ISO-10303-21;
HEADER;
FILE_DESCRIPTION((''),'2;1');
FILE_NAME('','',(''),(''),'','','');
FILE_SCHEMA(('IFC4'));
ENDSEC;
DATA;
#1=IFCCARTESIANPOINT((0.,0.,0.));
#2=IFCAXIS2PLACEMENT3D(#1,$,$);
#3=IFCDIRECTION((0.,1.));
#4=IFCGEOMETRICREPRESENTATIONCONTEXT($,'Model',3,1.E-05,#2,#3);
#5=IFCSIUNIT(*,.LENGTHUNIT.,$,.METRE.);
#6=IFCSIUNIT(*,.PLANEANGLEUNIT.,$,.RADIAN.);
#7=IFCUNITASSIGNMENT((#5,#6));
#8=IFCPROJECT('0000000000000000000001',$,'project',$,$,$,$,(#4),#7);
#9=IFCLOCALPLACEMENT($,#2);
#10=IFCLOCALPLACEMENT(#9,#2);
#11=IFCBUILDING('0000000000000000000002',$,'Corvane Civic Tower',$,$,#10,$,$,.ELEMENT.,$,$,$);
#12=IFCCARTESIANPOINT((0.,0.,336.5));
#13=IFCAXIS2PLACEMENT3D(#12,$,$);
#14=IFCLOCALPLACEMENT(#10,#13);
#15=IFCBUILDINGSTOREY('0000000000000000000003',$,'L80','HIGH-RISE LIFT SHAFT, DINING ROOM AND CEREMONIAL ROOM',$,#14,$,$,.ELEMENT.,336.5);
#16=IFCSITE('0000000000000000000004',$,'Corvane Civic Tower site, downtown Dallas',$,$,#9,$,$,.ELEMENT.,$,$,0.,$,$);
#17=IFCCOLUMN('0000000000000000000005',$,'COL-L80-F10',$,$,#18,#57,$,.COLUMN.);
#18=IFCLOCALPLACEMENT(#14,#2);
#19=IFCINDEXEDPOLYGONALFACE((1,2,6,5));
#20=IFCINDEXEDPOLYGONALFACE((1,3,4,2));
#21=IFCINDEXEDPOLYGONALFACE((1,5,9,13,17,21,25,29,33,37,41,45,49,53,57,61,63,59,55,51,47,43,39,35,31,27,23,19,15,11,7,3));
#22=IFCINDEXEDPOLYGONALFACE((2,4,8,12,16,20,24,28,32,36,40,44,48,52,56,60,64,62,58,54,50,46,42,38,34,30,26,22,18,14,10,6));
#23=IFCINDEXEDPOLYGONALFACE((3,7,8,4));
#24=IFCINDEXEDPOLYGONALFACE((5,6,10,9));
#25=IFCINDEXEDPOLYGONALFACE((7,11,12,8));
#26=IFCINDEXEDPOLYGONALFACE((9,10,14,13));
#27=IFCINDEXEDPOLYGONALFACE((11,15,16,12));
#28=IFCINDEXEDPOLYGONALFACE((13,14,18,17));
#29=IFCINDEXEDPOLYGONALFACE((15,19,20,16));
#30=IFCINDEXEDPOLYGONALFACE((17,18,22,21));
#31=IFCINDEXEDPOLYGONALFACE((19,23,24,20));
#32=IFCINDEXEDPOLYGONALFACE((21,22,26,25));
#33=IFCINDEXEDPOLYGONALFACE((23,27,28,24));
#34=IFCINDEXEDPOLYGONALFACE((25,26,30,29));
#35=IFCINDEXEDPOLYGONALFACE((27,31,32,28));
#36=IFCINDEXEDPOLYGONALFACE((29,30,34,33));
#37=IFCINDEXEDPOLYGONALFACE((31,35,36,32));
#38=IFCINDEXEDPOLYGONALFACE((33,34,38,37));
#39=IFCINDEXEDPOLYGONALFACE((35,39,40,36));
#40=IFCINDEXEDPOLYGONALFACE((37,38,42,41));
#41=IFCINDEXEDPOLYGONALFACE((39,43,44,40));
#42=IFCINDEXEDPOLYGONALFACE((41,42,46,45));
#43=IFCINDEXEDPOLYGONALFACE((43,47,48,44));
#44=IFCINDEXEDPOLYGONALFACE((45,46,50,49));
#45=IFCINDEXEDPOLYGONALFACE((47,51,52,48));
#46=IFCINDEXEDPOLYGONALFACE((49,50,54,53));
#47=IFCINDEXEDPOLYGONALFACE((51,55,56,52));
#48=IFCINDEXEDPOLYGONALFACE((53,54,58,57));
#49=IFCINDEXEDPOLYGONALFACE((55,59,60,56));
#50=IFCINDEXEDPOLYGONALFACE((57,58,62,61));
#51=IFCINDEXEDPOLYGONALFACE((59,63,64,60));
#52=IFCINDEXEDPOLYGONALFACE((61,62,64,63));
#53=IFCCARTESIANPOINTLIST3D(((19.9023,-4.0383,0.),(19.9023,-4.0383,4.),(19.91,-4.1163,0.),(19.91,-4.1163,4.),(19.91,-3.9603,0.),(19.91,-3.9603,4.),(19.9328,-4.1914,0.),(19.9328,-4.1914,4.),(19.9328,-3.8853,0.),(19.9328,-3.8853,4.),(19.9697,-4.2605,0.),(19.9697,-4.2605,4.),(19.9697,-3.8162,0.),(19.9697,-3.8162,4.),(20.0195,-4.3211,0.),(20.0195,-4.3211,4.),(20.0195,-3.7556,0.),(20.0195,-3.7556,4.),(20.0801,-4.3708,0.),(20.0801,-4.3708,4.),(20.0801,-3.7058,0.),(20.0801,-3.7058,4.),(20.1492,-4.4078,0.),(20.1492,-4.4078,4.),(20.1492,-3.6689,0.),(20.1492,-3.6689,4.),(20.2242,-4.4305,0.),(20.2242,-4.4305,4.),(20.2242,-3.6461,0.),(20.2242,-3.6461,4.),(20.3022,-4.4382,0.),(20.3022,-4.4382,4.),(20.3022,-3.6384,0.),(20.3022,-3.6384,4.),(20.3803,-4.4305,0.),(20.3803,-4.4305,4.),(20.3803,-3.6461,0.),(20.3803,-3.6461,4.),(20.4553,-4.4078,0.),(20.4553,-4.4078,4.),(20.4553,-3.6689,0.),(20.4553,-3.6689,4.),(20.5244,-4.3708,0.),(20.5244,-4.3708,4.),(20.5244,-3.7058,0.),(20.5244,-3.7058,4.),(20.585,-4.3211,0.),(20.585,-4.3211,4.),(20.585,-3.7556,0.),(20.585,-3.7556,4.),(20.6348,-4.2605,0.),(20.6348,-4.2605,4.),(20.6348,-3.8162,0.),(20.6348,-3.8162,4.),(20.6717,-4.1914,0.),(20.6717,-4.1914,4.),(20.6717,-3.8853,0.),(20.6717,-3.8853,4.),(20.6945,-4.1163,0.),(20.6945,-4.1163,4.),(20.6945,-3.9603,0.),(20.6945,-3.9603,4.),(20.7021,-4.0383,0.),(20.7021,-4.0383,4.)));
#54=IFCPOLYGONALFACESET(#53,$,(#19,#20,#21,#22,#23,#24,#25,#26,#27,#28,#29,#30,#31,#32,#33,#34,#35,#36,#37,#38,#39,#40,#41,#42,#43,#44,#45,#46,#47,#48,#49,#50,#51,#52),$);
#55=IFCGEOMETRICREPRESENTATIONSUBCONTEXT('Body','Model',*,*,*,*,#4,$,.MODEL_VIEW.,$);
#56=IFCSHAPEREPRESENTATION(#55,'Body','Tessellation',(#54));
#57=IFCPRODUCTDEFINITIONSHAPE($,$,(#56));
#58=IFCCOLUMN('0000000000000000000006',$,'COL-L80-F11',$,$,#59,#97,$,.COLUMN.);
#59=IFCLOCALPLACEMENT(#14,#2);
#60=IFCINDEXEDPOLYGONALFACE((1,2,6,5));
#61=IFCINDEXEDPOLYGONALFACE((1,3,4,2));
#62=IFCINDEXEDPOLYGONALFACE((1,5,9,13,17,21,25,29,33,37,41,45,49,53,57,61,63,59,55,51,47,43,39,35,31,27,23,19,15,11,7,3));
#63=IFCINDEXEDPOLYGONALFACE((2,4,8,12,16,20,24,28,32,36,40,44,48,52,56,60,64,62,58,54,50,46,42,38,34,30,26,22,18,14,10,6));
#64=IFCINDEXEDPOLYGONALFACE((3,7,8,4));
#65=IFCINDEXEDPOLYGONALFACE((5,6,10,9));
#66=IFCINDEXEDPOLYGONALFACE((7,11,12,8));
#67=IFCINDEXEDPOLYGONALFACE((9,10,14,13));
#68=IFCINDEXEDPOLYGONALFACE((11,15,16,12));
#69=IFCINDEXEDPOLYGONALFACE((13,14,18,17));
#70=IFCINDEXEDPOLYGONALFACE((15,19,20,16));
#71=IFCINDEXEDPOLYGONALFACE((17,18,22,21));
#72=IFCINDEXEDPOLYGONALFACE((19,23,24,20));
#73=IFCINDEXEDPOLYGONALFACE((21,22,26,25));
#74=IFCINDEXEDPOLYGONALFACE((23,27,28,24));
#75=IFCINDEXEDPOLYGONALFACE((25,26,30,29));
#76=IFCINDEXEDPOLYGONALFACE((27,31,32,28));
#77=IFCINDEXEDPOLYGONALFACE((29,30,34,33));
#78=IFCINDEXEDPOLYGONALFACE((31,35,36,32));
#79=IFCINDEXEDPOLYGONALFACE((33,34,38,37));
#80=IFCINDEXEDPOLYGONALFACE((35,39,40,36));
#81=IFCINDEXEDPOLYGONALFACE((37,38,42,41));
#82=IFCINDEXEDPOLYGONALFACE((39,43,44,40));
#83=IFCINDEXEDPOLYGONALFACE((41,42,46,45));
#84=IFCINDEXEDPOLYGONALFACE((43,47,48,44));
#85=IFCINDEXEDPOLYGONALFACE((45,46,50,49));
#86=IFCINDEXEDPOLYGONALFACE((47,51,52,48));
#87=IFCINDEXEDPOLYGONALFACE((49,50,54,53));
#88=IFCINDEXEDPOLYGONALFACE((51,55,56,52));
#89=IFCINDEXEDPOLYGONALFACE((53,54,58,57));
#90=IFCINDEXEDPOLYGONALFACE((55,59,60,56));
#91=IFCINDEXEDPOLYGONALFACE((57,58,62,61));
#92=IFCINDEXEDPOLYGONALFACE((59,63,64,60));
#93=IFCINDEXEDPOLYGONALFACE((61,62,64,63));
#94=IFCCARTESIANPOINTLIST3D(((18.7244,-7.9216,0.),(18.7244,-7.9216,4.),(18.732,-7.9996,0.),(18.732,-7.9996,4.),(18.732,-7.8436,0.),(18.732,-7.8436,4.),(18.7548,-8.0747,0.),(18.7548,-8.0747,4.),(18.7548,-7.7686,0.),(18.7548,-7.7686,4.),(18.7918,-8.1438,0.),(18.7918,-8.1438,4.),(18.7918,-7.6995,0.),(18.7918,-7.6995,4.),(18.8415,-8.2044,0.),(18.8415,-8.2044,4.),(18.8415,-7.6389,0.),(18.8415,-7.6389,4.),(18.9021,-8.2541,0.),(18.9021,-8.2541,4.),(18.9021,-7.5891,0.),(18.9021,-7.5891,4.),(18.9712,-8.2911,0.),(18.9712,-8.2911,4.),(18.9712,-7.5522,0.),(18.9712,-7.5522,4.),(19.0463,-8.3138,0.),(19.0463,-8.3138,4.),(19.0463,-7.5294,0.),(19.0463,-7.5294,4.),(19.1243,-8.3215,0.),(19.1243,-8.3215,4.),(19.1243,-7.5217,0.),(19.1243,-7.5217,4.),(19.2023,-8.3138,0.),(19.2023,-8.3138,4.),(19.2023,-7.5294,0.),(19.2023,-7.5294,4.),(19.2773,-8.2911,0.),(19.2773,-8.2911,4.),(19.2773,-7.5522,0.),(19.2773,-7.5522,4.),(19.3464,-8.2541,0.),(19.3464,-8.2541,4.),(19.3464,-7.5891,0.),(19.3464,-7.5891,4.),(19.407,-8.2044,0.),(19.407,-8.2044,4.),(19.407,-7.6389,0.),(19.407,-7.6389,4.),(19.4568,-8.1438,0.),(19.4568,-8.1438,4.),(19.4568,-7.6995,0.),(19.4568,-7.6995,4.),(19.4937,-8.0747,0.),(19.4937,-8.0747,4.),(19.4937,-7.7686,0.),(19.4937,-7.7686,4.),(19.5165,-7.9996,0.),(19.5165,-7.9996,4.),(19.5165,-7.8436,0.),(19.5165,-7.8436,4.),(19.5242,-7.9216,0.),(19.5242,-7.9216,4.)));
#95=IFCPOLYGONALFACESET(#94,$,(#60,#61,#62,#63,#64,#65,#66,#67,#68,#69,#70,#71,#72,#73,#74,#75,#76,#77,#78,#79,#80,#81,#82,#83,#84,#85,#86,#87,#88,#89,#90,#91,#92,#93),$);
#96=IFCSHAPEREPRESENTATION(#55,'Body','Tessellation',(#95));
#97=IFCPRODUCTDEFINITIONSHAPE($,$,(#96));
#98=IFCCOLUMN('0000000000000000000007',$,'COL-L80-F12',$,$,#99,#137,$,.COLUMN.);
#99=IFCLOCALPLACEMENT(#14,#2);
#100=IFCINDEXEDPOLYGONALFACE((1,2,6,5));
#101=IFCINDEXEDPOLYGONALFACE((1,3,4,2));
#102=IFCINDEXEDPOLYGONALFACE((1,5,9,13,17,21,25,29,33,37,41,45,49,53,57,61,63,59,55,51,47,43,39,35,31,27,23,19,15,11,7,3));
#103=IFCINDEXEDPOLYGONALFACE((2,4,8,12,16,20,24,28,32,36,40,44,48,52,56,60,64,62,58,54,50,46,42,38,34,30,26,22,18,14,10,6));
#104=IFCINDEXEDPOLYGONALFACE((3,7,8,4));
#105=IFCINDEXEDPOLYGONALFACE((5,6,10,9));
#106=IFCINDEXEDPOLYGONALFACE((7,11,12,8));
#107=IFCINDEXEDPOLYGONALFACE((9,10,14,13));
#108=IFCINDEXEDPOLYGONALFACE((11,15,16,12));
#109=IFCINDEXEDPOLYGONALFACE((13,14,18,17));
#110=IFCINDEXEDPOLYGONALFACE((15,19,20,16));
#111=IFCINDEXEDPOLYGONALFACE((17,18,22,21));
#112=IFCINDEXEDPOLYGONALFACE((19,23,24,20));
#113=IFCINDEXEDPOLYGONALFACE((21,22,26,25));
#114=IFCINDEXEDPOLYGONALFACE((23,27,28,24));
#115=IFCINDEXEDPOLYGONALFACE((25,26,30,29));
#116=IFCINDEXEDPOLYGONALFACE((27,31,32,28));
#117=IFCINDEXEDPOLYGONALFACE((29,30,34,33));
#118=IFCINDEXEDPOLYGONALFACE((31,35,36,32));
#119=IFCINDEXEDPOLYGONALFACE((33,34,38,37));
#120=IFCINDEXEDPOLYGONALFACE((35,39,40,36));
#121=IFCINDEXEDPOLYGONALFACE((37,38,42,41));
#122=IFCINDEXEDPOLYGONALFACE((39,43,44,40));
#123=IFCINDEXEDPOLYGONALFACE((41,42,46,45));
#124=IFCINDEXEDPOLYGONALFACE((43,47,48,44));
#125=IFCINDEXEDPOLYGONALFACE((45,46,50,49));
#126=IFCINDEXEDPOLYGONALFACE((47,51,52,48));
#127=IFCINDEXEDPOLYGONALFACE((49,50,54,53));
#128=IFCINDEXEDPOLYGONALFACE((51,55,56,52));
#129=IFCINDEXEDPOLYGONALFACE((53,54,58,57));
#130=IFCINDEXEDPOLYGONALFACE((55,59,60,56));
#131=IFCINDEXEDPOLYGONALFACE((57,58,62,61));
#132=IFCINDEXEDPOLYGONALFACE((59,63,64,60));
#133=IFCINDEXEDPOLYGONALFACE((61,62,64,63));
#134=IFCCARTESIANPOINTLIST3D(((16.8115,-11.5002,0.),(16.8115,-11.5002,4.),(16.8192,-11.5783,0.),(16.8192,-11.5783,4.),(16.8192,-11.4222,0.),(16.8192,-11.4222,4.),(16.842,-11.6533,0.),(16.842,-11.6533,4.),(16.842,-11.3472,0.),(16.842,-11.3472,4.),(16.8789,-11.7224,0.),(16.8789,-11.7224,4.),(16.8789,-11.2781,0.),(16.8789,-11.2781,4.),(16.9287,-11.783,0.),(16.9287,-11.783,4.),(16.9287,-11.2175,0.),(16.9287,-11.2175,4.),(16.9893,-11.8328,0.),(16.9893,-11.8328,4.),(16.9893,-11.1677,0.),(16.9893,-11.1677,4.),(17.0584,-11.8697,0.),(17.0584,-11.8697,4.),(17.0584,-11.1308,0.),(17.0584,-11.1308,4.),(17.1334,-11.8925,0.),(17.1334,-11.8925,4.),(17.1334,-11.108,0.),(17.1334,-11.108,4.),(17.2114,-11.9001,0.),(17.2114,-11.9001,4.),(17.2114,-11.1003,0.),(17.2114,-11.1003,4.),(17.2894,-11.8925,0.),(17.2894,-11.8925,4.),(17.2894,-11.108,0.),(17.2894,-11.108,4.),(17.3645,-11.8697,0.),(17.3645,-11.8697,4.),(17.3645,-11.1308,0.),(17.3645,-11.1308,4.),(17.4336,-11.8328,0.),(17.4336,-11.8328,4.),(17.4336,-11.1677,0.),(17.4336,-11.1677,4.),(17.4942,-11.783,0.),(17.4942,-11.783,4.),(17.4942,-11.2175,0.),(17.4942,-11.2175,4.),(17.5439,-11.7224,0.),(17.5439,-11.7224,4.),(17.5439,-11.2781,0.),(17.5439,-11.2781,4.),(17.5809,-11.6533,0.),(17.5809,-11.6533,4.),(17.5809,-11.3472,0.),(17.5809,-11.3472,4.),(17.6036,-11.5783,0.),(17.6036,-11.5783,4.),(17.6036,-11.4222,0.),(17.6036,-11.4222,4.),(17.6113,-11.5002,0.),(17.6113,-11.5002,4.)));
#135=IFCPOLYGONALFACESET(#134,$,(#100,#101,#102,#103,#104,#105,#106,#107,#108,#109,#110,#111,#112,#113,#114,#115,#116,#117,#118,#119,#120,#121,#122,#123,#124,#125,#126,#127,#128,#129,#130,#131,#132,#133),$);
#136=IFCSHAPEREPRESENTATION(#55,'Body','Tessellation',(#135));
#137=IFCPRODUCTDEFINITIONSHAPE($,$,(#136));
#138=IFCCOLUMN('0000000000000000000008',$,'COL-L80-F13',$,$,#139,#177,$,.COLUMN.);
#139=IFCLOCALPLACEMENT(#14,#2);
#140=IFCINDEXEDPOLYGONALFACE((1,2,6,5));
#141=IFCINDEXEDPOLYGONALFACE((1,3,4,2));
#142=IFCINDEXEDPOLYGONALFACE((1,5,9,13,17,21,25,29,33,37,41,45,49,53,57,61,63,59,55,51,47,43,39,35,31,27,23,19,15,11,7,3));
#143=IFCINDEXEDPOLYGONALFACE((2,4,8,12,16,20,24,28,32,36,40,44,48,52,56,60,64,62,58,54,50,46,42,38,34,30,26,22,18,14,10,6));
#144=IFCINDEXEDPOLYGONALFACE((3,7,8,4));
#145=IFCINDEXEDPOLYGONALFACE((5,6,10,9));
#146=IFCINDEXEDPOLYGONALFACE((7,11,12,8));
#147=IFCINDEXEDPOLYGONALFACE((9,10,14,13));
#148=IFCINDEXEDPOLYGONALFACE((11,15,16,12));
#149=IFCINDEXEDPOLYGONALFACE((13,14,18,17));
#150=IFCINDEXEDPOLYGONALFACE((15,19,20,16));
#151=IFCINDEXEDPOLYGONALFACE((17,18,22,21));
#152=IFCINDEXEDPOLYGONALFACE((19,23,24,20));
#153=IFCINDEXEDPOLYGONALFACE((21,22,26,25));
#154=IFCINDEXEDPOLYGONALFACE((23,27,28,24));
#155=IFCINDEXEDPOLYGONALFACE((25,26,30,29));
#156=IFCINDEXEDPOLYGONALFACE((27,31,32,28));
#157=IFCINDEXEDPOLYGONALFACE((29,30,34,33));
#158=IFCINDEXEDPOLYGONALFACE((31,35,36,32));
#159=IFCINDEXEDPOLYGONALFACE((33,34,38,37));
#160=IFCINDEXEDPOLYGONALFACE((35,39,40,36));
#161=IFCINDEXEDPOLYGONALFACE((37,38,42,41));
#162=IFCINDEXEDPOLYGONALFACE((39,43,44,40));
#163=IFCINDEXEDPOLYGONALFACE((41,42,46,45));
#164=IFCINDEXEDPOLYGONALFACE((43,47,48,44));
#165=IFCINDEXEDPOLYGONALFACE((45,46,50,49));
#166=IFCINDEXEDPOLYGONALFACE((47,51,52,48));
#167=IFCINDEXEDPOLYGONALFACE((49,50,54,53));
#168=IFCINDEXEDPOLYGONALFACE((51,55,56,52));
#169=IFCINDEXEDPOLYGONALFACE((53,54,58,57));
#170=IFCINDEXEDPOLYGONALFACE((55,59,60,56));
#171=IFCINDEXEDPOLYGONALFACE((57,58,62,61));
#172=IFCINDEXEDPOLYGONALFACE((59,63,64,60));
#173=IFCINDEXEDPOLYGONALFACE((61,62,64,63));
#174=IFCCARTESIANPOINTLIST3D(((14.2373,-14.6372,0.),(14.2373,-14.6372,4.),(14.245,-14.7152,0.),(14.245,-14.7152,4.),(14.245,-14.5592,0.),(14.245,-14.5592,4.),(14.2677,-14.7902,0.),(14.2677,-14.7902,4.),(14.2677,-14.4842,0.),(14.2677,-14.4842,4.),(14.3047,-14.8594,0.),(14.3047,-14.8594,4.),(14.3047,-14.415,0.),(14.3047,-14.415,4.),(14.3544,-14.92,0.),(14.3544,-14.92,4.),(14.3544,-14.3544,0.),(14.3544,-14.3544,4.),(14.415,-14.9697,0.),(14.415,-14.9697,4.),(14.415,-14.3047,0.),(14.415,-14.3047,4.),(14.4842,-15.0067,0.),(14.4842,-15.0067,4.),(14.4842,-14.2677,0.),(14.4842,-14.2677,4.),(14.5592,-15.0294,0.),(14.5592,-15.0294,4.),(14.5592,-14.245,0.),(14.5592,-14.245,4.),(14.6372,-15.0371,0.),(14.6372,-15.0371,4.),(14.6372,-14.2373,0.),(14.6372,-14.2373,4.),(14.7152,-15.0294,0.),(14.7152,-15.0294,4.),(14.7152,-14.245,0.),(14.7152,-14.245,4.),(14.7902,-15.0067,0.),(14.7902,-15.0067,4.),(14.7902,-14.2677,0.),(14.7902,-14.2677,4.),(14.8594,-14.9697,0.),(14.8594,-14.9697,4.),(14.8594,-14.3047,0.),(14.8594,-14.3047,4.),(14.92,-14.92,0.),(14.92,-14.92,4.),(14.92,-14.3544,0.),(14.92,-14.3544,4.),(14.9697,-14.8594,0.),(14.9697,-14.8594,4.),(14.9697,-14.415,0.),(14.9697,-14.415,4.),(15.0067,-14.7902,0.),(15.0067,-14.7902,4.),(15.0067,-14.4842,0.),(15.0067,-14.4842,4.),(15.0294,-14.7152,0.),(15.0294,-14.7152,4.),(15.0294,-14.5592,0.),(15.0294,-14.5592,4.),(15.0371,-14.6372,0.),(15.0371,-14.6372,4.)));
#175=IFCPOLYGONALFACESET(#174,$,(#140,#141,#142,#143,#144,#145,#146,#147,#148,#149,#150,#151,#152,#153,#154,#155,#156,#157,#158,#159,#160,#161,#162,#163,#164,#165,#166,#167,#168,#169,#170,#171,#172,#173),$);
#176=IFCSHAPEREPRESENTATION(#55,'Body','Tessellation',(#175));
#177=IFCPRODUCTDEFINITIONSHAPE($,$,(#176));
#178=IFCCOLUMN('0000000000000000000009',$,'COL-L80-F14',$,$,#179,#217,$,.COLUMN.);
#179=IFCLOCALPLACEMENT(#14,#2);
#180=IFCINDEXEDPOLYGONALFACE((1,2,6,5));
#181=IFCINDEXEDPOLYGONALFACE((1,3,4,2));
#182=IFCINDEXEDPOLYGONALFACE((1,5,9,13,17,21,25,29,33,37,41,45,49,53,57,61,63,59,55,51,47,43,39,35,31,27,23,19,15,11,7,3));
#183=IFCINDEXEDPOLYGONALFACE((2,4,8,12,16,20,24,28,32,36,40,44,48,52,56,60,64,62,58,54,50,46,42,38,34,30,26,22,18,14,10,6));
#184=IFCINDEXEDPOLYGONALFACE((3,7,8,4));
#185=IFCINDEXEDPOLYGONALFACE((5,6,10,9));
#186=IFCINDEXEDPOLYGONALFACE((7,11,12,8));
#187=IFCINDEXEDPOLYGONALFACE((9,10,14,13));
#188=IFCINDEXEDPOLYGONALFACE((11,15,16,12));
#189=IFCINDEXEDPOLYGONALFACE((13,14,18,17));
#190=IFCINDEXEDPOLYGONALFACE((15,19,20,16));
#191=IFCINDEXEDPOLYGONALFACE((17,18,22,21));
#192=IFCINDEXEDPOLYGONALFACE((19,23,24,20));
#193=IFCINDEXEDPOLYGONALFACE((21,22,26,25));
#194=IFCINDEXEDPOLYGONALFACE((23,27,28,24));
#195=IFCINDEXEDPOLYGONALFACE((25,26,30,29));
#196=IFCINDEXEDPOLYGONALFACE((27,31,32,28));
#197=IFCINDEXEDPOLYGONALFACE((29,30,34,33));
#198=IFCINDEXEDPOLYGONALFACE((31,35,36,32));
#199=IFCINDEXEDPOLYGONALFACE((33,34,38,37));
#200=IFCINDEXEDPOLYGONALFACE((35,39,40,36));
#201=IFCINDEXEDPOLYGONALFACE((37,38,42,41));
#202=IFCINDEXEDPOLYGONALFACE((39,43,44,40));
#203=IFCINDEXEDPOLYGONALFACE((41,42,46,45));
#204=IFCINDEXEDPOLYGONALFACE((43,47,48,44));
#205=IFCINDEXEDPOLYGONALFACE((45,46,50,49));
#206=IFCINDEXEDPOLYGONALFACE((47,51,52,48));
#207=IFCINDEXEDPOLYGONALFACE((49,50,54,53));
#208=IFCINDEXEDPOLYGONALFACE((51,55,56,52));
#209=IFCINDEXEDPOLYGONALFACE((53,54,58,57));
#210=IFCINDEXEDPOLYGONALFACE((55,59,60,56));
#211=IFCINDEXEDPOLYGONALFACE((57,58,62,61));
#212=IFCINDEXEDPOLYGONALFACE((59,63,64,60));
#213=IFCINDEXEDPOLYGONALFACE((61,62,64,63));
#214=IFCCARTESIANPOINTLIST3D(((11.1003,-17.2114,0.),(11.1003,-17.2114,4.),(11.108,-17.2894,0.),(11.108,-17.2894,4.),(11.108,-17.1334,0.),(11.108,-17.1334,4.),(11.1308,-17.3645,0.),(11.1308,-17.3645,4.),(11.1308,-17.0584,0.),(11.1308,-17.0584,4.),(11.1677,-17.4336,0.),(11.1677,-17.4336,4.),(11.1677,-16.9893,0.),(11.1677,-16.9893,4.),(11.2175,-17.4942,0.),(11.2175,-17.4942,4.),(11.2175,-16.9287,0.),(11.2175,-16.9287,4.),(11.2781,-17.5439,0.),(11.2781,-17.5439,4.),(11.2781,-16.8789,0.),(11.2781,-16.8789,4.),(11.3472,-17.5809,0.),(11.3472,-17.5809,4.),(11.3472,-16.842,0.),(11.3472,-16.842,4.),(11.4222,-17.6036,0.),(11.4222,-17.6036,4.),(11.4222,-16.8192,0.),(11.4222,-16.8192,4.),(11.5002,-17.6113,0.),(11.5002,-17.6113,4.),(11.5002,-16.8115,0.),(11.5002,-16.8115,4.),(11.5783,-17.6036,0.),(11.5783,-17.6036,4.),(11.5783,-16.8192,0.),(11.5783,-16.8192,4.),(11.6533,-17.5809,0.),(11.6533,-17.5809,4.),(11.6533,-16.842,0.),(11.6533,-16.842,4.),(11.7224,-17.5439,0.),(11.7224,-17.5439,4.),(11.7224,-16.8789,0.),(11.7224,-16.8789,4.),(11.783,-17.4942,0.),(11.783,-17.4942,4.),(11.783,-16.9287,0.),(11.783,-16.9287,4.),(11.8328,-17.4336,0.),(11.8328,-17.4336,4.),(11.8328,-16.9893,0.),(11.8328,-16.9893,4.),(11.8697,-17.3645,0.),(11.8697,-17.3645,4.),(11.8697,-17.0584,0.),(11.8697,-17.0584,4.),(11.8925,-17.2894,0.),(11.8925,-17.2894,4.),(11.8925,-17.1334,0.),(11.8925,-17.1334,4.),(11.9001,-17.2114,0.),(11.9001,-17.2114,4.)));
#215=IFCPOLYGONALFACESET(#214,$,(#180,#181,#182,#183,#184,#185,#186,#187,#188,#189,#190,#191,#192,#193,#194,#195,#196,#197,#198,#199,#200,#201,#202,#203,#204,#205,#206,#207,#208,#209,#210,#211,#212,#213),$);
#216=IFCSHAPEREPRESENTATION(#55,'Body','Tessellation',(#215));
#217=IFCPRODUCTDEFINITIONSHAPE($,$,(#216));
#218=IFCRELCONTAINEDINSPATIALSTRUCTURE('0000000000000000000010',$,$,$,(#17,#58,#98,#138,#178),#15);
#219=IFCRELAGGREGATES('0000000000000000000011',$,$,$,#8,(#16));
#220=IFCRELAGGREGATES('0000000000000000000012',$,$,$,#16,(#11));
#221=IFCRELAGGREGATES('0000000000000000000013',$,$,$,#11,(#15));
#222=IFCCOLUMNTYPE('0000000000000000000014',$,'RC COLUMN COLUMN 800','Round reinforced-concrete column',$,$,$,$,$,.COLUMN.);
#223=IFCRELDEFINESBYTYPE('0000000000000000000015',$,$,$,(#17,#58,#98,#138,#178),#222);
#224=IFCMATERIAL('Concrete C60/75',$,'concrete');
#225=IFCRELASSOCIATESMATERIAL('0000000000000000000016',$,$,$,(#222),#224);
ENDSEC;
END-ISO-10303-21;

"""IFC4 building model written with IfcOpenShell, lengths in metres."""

from ifc_helpers import new_model, si_unit, direction, frame, origin, origin_2d, place, context, subcontext, project, spatial, circle, extrude, material, material_profile, profile_set, type_object, element, save


model = new_model("IFC4")

# Units and contexts
model_context = context("Model", 3, precision=1e-05, world=origin(), true_north=direction((0.0, 1.0)))
body_context = subcontext(model_context, "Body", "Model", "MODEL_VIEW")
ifc_project = project(units=[si_unit("LENGTHUNIT", "METRE"), si_unit("PLANEANGLEUNIT", "RADIAN")], contexts=[model_context])

# Site, building, storey
site_placement = place(None, origin())
site = spatial("IfcSite", under=ifc_project, at=site_placement, Name="Corvane Civic Tower site, downtown Dallas", CompositionType="ELEMENT", RefElevation=0.0)
building_placement = place(site_placement, origin())
building = spatial("IfcBuilding", under=site, at=building_placement, Name="Corvane Civic Tower", CompositionType="ELEMENT")
storey_placement = place(building_placement, frame((0.0, 0.0, 336.5)))
storey = spatial("IfcBuildingStorey", under=building, at=storey_placement, Name="L80", Description="HIGH-RISE LIFT SHAFT, DINING ROOM AND CEREMONIAL ROOM", CompositionType="ELEMENT", Elevation=336.5)

# Columns
ifc_material_1 = material(Name="Concrete C60/75", Category="concrete")
ifc_material_profile_1 = material_profile(ifc_material_1, circle(Radius=0.3999, at=origin_2d()), Name="COLUMN 800")
ifc_profile_set_1 = profile_set([ifc_material_profile_1], Name="Concrete C60/75")
column_type = type_object("IfcColumnType", Name="RC COLUMN COLUMN 800", Description="Round reinforced-concrete column", PredefinedType="COLUMN", material=ifc_profile_set_1)
for number, where, z_axis, x_axis, name in (
    (1, (20.3022, -4.0383, 0.0), (0.0, 0.0, 1.0), (1.0, 0.0, 0.0), "COL-L80-F10"),
    (2, (19.1243, -7.9216, 0.0), (0.0, 0.0, 1.0), (1.0, 0.0, 0.0), "COL-L80-F11"),
    (3, (17.2114, -11.5002, 0.0), (0.0, 0.0, 1.0), (1.0, 0.0, 0.0), "COL-L80-F12"),
    (4, (14.6372, -14.6372, 0.0), (0.0, 0.0, 1.0), (1.0, 0.0, 0.0), "COL-L80-F13"),
    (5, (11.5002, -17.2114, 0.0), (0.0, 0.0, 1.0), (1.0, 0.0, 0.0), "COL-L80-F14"),
):
    element("IfcColumn", number, at=place(storey_placement, frame(where, z_axis=z_axis, x_axis=x_axis)), inside=storey, type_object=column_type, Name=name, PredefinedType="COLUMN", context=body_context, shape_type="SweptSolid", body=[
        extrude(circle(Radius=0.3999, at=origin_2d()), origin(), (0.0, 0.0, 1.0), 4.0),
    ])

save(model, "model.ifc")
